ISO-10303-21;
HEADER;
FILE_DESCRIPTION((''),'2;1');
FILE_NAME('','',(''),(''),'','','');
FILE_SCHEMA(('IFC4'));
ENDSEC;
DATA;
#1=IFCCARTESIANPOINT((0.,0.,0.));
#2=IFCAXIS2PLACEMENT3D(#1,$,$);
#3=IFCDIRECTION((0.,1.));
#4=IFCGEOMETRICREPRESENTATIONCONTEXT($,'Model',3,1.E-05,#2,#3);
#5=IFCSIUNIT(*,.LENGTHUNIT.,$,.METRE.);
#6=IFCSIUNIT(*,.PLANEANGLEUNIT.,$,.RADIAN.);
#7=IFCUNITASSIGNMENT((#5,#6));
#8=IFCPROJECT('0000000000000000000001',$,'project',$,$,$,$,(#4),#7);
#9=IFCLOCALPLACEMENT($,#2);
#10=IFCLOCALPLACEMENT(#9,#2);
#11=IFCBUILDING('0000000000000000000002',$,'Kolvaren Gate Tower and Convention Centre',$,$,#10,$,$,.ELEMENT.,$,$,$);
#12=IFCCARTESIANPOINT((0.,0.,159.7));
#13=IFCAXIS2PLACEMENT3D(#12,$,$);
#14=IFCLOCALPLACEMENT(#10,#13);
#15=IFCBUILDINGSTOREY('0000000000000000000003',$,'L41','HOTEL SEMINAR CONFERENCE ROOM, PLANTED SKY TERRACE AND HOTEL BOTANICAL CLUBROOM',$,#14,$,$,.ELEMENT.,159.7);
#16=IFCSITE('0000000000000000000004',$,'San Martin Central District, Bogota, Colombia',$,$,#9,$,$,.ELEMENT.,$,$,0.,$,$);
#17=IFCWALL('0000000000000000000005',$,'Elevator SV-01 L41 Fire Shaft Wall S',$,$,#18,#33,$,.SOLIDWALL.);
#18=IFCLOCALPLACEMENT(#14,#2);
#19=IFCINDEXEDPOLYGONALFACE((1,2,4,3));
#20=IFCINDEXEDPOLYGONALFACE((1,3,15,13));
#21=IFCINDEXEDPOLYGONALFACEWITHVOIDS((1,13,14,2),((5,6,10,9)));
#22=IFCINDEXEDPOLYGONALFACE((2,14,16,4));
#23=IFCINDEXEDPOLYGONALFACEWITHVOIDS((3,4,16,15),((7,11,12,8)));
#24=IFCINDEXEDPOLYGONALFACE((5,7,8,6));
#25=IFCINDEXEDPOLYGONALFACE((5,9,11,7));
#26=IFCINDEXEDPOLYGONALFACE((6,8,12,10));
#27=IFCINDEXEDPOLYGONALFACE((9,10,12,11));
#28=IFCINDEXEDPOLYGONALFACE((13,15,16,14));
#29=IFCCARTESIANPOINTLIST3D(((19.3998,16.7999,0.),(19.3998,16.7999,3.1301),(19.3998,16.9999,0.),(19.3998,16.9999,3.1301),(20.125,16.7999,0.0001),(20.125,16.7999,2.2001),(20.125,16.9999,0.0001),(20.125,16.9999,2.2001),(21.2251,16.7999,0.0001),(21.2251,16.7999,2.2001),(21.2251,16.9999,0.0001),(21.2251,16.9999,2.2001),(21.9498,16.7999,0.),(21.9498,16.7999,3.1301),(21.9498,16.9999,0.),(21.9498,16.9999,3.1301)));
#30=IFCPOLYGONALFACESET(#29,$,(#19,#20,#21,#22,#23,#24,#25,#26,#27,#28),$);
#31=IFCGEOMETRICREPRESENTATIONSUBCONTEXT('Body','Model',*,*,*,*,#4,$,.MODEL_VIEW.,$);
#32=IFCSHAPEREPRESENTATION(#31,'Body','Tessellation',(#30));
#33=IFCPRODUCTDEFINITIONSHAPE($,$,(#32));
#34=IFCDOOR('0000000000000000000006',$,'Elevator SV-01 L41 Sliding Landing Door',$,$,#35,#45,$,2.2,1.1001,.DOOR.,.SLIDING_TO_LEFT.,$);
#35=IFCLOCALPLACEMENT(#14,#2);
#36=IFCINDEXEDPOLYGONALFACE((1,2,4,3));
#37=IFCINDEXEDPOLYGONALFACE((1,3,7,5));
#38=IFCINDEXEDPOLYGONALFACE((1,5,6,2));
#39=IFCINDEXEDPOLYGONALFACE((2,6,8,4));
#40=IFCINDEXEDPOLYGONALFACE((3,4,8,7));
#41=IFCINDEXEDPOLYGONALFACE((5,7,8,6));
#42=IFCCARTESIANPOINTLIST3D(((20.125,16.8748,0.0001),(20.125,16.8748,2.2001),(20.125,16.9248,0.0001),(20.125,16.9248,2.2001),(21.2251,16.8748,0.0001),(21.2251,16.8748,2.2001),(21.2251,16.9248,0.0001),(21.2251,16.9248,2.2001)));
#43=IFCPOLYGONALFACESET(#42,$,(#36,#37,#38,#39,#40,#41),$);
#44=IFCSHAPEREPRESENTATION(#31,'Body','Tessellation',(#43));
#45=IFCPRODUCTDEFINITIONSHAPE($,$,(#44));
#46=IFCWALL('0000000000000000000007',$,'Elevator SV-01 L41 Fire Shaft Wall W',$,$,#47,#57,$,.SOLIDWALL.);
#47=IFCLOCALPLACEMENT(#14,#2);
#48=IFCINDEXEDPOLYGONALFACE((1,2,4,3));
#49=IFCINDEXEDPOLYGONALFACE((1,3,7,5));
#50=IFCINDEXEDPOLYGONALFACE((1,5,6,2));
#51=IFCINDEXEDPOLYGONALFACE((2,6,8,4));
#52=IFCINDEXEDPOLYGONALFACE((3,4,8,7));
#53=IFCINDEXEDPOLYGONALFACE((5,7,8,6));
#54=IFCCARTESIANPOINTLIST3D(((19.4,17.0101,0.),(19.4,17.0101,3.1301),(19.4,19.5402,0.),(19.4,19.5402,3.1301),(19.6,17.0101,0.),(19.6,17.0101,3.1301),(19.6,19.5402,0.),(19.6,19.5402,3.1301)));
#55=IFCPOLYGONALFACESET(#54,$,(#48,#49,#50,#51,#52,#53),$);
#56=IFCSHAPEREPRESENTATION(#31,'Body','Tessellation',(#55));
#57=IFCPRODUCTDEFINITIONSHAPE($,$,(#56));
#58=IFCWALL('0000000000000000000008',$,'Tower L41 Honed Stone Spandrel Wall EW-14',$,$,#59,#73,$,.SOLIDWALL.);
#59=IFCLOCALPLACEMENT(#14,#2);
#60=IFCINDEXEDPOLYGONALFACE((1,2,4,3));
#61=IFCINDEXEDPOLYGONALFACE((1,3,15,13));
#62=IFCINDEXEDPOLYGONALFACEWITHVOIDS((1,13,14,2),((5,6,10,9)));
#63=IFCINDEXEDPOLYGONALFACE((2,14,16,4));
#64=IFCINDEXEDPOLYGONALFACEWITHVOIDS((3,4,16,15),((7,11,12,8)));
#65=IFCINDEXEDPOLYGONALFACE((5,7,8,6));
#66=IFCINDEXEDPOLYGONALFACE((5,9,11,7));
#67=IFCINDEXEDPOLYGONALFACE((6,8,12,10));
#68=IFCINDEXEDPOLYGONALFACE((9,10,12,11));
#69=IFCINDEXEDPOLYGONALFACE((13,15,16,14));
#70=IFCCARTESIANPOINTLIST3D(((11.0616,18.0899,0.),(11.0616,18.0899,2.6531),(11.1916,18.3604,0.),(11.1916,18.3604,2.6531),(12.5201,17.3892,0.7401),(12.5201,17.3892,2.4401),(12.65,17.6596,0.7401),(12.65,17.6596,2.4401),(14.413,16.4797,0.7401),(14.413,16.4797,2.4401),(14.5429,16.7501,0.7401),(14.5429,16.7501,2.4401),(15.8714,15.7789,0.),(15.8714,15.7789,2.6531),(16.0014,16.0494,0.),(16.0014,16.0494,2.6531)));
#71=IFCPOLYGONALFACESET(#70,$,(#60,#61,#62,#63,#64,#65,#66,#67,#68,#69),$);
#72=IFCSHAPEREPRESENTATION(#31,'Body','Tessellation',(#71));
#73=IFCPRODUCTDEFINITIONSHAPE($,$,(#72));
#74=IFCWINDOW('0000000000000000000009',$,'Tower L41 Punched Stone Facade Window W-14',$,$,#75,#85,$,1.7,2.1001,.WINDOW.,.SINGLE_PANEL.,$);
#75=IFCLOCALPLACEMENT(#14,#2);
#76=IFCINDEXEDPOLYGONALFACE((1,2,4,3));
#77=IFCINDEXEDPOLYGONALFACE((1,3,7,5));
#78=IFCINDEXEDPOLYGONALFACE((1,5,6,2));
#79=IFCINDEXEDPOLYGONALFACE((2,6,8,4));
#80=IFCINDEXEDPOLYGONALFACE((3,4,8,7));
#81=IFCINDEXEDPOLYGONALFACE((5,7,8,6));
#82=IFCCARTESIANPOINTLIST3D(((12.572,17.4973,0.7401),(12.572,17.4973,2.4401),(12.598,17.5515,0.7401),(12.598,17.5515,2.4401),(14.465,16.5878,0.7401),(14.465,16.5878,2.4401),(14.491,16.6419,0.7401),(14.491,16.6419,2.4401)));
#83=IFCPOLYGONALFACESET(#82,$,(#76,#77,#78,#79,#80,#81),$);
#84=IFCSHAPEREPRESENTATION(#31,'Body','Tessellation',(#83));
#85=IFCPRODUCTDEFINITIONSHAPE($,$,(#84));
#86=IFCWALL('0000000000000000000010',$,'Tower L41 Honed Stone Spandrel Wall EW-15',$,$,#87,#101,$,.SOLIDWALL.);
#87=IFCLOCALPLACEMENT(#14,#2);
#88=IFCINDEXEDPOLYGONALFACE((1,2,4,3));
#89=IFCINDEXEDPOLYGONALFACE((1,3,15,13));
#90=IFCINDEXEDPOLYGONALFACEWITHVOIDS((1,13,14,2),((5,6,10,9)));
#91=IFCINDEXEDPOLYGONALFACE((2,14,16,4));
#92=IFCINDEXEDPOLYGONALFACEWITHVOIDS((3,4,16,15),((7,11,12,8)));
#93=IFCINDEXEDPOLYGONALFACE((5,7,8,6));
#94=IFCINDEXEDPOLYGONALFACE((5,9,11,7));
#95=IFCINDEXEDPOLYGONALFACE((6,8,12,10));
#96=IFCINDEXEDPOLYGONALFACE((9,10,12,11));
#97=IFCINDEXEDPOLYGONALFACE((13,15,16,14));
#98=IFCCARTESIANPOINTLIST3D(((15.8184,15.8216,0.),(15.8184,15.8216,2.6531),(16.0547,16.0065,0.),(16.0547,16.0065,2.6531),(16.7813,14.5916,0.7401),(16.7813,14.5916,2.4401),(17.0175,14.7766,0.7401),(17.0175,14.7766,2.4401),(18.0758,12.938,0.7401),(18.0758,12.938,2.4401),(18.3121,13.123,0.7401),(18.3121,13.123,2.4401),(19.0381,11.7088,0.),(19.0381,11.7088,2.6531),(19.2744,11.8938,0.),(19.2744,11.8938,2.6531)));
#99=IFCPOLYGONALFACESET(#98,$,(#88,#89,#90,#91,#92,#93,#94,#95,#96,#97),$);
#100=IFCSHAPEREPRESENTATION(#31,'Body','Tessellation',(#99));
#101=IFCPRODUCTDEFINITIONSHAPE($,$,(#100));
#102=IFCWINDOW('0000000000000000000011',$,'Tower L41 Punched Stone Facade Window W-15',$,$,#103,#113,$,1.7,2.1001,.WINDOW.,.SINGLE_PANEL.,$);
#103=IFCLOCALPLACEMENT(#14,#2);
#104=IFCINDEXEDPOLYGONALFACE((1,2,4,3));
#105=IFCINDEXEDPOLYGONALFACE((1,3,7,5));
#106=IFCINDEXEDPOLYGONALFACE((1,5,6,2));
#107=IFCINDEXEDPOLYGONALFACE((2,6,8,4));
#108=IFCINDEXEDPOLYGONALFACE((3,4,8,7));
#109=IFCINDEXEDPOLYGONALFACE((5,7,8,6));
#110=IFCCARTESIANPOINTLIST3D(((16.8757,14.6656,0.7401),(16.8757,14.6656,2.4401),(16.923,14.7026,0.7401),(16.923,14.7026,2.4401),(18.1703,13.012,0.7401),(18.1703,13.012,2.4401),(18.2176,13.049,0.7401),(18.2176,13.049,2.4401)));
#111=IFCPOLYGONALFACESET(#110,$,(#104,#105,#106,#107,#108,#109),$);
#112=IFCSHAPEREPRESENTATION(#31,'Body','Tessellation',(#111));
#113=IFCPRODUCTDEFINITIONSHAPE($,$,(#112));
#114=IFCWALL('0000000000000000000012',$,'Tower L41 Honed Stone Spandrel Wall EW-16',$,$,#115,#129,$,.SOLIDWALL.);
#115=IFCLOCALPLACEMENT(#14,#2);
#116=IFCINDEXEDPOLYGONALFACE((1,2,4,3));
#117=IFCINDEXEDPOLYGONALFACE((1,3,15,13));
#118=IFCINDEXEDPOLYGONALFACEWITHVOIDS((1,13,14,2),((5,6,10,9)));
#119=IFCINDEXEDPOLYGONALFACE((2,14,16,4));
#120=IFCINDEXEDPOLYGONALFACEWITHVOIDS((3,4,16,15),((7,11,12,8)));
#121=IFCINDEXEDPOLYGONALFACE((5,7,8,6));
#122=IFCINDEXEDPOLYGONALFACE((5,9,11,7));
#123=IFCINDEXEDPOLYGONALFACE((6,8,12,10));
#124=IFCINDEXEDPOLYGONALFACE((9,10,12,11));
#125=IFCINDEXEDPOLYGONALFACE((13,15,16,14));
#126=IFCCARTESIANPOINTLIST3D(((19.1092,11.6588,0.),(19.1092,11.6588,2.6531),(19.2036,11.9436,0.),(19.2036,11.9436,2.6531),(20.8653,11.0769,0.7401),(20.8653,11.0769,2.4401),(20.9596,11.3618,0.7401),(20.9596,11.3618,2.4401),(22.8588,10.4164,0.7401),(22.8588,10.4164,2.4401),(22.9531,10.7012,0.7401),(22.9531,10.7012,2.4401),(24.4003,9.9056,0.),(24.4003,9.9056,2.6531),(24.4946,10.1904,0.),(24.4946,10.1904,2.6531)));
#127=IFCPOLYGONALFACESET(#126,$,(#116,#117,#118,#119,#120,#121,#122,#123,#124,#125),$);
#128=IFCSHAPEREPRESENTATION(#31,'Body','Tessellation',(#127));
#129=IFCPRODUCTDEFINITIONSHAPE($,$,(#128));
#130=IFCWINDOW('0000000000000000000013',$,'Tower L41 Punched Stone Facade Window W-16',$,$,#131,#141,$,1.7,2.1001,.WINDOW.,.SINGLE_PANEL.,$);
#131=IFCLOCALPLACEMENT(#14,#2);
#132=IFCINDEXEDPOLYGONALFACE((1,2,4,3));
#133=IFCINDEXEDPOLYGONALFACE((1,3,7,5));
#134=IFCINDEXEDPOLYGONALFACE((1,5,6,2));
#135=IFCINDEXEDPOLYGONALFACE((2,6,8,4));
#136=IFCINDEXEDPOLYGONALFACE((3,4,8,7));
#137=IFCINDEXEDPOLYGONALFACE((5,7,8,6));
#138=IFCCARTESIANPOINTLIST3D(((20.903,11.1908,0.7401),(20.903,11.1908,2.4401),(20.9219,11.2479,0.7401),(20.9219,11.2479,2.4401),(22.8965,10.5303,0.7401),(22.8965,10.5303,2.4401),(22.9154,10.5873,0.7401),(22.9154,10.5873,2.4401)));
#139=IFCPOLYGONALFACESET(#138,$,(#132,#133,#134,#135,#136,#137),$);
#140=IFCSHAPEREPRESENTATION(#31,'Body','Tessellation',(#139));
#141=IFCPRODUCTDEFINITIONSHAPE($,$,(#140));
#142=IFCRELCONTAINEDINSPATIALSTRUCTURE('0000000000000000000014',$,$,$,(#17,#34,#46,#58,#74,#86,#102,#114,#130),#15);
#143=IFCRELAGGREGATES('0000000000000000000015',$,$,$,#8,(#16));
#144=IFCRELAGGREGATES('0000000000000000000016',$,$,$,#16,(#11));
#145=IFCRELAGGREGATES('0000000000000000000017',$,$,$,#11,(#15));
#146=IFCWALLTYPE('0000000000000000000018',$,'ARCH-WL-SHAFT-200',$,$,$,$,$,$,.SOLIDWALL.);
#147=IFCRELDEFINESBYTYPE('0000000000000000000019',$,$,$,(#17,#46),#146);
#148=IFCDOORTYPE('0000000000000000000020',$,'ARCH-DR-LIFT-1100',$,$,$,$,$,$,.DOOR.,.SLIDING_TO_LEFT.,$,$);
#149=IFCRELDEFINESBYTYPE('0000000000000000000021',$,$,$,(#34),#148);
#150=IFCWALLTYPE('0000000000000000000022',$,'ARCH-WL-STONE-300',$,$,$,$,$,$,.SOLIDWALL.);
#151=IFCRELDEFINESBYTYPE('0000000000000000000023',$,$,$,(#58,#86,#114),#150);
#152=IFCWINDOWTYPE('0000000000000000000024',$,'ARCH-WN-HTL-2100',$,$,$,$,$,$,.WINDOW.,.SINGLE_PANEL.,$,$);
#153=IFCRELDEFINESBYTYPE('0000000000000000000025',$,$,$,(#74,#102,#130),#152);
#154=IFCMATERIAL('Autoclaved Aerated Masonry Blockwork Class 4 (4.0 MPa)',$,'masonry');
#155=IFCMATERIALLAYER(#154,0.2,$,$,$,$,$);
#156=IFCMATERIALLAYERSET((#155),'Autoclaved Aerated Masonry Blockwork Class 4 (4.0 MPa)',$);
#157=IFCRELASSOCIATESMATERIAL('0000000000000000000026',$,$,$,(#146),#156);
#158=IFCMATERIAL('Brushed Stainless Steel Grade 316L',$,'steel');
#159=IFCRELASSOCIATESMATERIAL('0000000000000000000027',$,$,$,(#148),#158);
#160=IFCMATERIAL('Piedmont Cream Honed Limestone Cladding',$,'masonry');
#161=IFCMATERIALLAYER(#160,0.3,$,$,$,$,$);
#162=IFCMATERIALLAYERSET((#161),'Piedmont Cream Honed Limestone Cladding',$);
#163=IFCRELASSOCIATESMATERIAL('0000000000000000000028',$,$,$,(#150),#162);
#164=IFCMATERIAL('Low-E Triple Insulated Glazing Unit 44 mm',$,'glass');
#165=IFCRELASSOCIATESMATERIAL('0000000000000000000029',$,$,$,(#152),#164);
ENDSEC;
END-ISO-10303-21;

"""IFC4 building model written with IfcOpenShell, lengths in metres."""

from ifc_helpers import new_model, si_unit, direction, frame, frame_2d, origin, place, context, subcontext, project, spatial, rectangle, extrude, material, layer, layer_set, type_object, element, fill, save


model = new_model("IFC4")

# Units and contexts
model_context = context("Model", 3, precision=1e-05, world=origin(), true_north=direction((0.0, 1.0)))
body_context = subcontext(model_context, "Body", "Model", "MODEL_VIEW")
ifc_project = project(units=[si_unit("LENGTHUNIT", "METRE"), si_unit("PLANEANGLEUNIT", "RADIAN")], contexts=[model_context])

# Site, building, storey
site_placement = place(None, origin())
site = spatial("IfcSite", under=ifc_project, at=site_placement, Name="San Martin Central District, Bogota, Colombia", CompositionType="ELEMENT", RefElevation=0.0)
building_placement = place(site_placement, origin())
building = spatial("IfcBuilding", under=site, at=building_placement, Name="Kolvaren Gate Tower and Convention Centre", CompositionType="ELEMENT")
storey_placement = place(building_placement, frame((0.0, 0.0, 159.7)))
storey = spatial("IfcBuildingStorey", under=building, at=storey_placement, Name="L41", Description="HOTEL SEMINAR CONFERENCE ROOM, PLANTED SKY TERRACE AND HOTEL BOTANICAL CLUBROOM", CompositionType="ELEMENT", Elevation=159.7)

# Shared definitions
ifc_material_1 = material(Name="Piedmont Cream Honed Limestone Cladding", Category="masonry")

# Wall, opening, door
ifc_material_2 = material(Name="Autoclaved Aerated Masonry Blockwork Class 4 (4.0 MPa)", Category="masonry")
ifc_layer_1 = layer(ifc_material_2, 0.2)
ifc_layer_set_1 = layer_set([ifc_layer_1], Name="Autoclaved Aerated Masonry Blockwork Class 4 (4.0 MPa)")
wall_type_1 = type_object("IfcWallType", Name="ARCH-WL-SHAFT-200", PredefinedType="SOLIDWALL", material=ifc_layer_set_1)
wall_1_placement = place(storey_placement, frame((19.3999, 16.8999, 0.0), z_axis=(0.0, 0.0, 1.0), x_axis=(1.0, 0.0, 0.0)))
wall_1 = element("IfcWall", 1, at=wall_1_placement, inside=storey, type_object=wall_type_1, Name="Elevator SV-01 L41 Fire Shaft Wall S", PredefinedType="SOLIDWALL", context=body_context, shape_type="SweptSolid", body=[
    extrude(rectangle(XDim=2.55, YDim=0.2, at=frame_2d((1.2749, 0.0))), origin(), (0.0, 0.0, 1.0), 3.1301),
])
opening_1_placement = place(wall_1_placement, frame((0.7251, 0.0, 0.0)))
opening_1 = element("IfcOpeningElement", 2, at=opening_1_placement, cuts=wall_1, PredefinedType="OPENING", context=body_context, shape_type="SweptSolid", body=[
    extrude(rectangle(XDim=1.1001, YDim=2.2, at=frame_2d((0.55, 1.1001))), frame((0.0, 0.1099, 0.0), z_axis=(0.0, -1.0, 0.0), x_axis=(1.0, 0.0, 0.0)), (0.0, 0.0, 1.0), 0.22),
])
ifc_material_3 = material(Name="Brushed Stainless Steel Grade 316L", Category="steel")
door_type = type_object("IfcDoorType", Name="ARCH-DR-LIFT-1100", OperationType="SLIDING_TO_LEFT", PredefinedType="DOOR", material=ifc_material_3)
door_placement = place(opening_1_placement, origin())
door = element("IfcDoor", 3, at=door_placement, inside=storey, type_object=door_type, Name="Elevator SV-01 L41 Sliding Landing Door", OperationType="SLIDING_TO_LEFT", OverallHeight=2.2, OverallWidth=1.1001, PredefinedType="DOOR", context=body_context, shape_type="SweptSolid", body=[
    extrude(rectangle(XDim=1.1001, YDim=2.2, at=frame_2d((0.55, 1.1001))), frame((0.0, 0.0249, 0.0), z_axis=(0.0, -1.0, 0.0), x_axis=(1.0, 0.0, 0.0)), (0.0, 0.0, 1.0), 0.05),
])
fill(opening_1, door)

# Wall
wall_2_placement = place(storey_placement, frame((19.5, 17.01, 0.0), z_axis=(0.0, 0.0, 1.0), x_axis=(0.0, 1.0, 0.0)))
element("IfcWall", 4, at=wall_2_placement, inside=storey, type_object=wall_type_1, Name="Elevator SV-01 L41 Fire Shaft Wall W", PredefinedType="SOLIDWALL", context=body_context, shape_type="SweptSolid", body=[
    extrude(rectangle(XDim=2.53, YDim=0.2, at=frame_2d((1.2651, 0.0))), origin(), (0.0, 0.0, 1.0), 3.1301),
])

# Walls, openings, windows
ifc_layer_2 = layer(ifc_material_1, 0.3)
ifc_layer_set_2 = layer_set([ifc_layer_2], Name="Piedmont Cream Honed Limestone Cladding")
wall_type_2 = type_object("IfcWallType", Name="ARCH-WL-STONE-300", PredefinedType="SOLIDWALL", material=ifc_layer_set_2)
wall_3_placement = place(storey_placement, frame((11.1267, 18.2251, 0.0), z_axis=(0.0, 0.0, 1.0), x_axis=(0.901353, -0.433085, 0.0)))
wall_3 = element("IfcWall", 5, at=wall_3_placement, inside=storey, type_object=wall_type_2, Name="Tower L41 Honed Stone Spandrel Wall EW-14", PredefinedType="SOLIDWALL", context=body_context, shape_type="SweptSolid", body=[
    extrude(rectangle(XDim=5.3362, YDim=0.3, at=frame_2d((2.668, 0.0))), origin(), (0.0, 0.0, 1.0), 2.6531),
])
opening_2_placement = place(wall_3_placement, frame((1.6179, 0.0, 0.74)))
opening_2 = element("IfcOpeningElement", 6, at=opening_2_placement, cuts=wall_3, PredefinedType="OPENING", context=body_context, shape_type="SweptSolid", body=[
    extrude(rectangle(XDim=2.1001, YDim=1.7, at=frame_2d((1.05, 0.8501))), frame((0.0, 0.1599, 0.0), z_axis=(0.0, -1.0, 0.0), x_axis=(1.0, 0.0, 0.0)), (0.0, 0.0, 1.0), 0.3201),
])
ifc_material_4 = material(Name="Low-E Triple Insulated Glazing Unit 44 mm", Category="glass")
window_type = type_object("IfcWindowType", Name="ARCH-WN-HTL-2100", PartitioningType="SINGLE_PANEL", PredefinedType="WINDOW", material=ifc_material_4)
window_1_placement = place(opening_2_placement, origin())
window_1 = element("IfcWindow", 7, at=window_1_placement, inside=storey, type_object=window_type, Name="Tower L41 Punched Stone Facade Window W-14", OverallHeight=1.7, OverallWidth=2.1001, PartitioningType="SINGLE_PANEL", PredefinedType="WINDOW", context=body_context, shape_type="SweptSolid", body=[
    extrude(rectangle(XDim=2.1001, YDim=1.7, at=frame_2d((1.05, 0.8501))), frame((0.0, 0.03, 0.0), z_axis=(0.0, -1.0, 0.0), x_axis=(1.0, 0.0, 0.0)), (0.0, 0.0, 1.0), 0.0601),
])
fill(opening_2, window_1)
wall_4_placement = place(storey_placement, frame((15.9365, 15.9141, 0.0), z_axis=(0.0, 0.0, 1.0), x_axis=(0.616429, -0.78741, 0.0)))
wall_4 = element("IfcWall", 8, at=wall_4_placement, inside=storey, type_object=wall_type_2, Name="Tower L41 Honed Stone Spandrel Wall EW-15", PredefinedType="SOLIDWALL", context=body_context, shape_type="SweptSolid", body=[
    extrude(rectangle(XDim=5.2231, YDim=0.3, at=frame_2d((2.6116, 0.0))), origin(), (0.0, 0.0, 1.0), 2.6531),
])
opening_3_placement = place(wall_4_placement, frame((1.562, 0.0, 0.74)))
opening_3 = element("IfcOpeningElement", 9, at=opening_3_placement, cuts=wall_4, PredefinedType="OPENING", context=body_context, shape_type="SweptSolid", body=[
    extrude(rectangle(XDim=2.1001, YDim=1.7, at=frame_2d((1.05, 0.8501))), frame((0.0, 0.1599, 0.0), z_axis=(0.0, -1.0, 0.0), x_axis=(1.0, 0.0, 0.0)), (0.0, 0.0, 1.0), 0.3201),
])
window_2_placement = place(opening_3_placement, origin())
window_2 = element("IfcWindow", 10, at=window_2_placement, inside=storey, type_object=window_type, Name="Tower L41 Punched Stone Facade Window W-15", OverallHeight=1.7, OverallWidth=2.1001, PartitioningType="SINGLE_PANEL", PredefinedType="WINDOW", context=body_context, shape_type="SweptSolid", body=[
    extrude(rectangle(XDim=2.1001, YDim=1.7, at=frame_2d((1.05, 0.8501))), frame((0.0, 0.03, 0.0), z_axis=(0.0, -1.0, 0.0), x_axis=(1.0, 0.0, 0.0)), (0.0, 0.0, 1.0), 0.0601),
])
fill(opening_3, window_2)
wall_5_placement = place(storey_placement, frame((19.1562, 11.8013, 0.0), z_axis=(0.0, 0.0, 1.0), x_axis=(0.949247, -0.314532, 0.0)))
wall_5 = element("IfcWall", 11, at=wall_5_placement, inside=storey, type_object=wall_type_2, Name="Tower L41 Honed Stone Spandrel Wall EW-16", PredefinedType="SOLIDWALL", context=body_context, shape_type="SweptSolid", body=[
    extrude(rectangle(XDim=5.574, YDim=0.3, at=frame_2d((2.7871, 0.0))), origin(), (0.0, 0.0, 1.0), 2.6531),
])
opening_4_placement = place(wall_5_placement, frame((1.8501, 0.0, 0.74)))
opening_4 = element("IfcOpeningElement", 12, at=opening_4_placement, cuts=wall_5, PredefinedType="OPENING", context=body_context, shape_type="SweptSolid", body=[
    extrude(rectangle(XDim=2.1001, YDim=1.7, at=frame_2d((1.05, 0.8501))), frame((0.0, 0.1599, 0.0), z_axis=(0.0, -1.0, 0.0), x_axis=(1.0, 0.0, 0.0)), (0.0, 0.0, 1.0), 0.3201),
])
window_3_placement = place(opening_4_placement, origin())
window_3 = element("IfcWindow", 13, at=window_3_placement, inside=storey, type_object=window_type, Name="Tower L41 Punched Stone Facade Window W-16", OverallHeight=1.7, OverallWidth=2.1001, PartitioningType="SINGLE_PANEL", PredefinedType="WINDOW", context=body_context, shape_type="SweptSolid", body=[
    extrude(rectangle(XDim=2.1001, YDim=1.7, at=frame_2d((1.05, 0.8501))), frame((0.0, 0.03, 0.0), z_axis=(0.0, -1.0, 0.0), x_axis=(1.0, 0.0, 0.0)), (0.0, 0.0, 1.0), 0.0601),
])
fill(opening_4, window_3)

save(model, "model.ifc")
